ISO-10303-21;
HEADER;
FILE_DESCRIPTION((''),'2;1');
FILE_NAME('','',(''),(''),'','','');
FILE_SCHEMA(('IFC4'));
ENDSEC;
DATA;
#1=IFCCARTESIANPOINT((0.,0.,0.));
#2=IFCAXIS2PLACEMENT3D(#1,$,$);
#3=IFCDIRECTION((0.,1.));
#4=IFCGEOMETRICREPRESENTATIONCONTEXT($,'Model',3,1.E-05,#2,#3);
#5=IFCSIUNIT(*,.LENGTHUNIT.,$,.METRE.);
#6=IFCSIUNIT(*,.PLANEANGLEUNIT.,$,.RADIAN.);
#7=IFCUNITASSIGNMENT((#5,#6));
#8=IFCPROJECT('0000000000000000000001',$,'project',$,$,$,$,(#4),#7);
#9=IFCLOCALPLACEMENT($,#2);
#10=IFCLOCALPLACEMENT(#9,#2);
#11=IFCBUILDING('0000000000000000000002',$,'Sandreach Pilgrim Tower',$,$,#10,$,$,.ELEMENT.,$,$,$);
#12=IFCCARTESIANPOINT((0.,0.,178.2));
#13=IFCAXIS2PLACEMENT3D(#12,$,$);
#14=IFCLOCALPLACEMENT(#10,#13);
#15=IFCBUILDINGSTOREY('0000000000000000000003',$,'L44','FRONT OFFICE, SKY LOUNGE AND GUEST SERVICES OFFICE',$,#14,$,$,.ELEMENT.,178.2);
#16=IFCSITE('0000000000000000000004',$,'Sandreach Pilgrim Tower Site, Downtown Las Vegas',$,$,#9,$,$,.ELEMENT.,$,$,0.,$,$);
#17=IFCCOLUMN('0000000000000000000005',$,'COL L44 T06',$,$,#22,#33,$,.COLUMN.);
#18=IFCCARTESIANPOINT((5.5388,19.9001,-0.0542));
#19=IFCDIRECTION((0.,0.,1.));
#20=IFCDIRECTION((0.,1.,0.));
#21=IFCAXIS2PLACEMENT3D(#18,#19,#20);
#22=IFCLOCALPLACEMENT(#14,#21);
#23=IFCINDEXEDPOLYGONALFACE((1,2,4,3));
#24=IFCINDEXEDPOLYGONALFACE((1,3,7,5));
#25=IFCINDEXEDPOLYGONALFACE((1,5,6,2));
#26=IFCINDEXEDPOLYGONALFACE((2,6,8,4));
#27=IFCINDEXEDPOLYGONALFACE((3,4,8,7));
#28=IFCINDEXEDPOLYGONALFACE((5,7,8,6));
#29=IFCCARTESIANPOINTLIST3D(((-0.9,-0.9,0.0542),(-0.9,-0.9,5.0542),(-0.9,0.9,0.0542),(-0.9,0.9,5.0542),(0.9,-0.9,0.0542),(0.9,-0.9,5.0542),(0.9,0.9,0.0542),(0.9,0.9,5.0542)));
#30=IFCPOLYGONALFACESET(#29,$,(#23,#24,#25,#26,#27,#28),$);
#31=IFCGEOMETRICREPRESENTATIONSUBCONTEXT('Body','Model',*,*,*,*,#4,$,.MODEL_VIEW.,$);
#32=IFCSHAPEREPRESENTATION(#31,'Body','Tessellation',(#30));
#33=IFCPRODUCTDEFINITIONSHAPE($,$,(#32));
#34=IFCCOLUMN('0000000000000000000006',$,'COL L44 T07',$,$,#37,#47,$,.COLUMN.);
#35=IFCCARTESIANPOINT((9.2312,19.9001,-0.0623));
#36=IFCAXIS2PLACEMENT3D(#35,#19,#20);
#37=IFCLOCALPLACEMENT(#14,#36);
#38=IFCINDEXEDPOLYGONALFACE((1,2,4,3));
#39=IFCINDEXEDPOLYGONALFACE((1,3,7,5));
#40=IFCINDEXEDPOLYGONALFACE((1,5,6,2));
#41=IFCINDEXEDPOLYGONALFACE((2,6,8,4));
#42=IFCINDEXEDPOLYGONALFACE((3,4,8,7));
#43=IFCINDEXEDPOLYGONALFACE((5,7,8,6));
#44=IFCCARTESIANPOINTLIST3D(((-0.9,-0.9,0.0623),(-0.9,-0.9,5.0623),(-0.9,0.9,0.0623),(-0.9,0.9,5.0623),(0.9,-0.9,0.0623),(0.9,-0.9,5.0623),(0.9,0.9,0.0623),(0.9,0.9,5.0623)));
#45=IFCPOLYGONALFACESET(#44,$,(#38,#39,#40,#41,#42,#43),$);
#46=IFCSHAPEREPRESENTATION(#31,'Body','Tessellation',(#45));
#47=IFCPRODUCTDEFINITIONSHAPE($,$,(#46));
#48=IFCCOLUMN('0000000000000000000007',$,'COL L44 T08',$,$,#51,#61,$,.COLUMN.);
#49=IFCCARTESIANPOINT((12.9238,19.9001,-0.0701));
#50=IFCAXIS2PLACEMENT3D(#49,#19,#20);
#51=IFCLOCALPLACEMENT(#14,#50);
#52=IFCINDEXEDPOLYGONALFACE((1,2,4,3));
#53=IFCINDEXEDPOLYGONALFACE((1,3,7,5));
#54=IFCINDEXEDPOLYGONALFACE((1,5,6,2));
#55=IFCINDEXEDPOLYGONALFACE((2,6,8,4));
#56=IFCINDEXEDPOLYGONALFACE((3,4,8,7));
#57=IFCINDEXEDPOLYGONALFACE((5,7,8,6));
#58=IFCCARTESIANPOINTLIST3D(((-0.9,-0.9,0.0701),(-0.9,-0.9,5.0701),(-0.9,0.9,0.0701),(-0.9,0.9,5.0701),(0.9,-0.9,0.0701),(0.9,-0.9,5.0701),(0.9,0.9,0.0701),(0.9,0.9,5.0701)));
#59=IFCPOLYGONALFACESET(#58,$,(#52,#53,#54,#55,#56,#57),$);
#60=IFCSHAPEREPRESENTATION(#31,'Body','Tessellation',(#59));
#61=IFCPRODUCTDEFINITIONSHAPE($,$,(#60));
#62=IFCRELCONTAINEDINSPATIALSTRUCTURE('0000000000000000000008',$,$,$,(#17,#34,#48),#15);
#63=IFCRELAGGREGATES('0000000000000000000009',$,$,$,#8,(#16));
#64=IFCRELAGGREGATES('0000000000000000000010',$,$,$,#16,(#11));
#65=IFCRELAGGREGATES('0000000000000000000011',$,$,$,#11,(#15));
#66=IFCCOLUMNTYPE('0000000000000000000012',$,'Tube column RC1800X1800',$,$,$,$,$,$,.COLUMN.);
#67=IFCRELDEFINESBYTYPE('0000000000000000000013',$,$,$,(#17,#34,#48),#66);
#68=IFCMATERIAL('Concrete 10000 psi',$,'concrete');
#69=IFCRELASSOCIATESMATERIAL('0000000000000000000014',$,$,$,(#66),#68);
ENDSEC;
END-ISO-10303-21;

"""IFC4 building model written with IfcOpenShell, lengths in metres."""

from ifc_helpers import new_model, si_unit, direction, frame, origin, origin_2d, place, context, subcontext, project, spatial, rectangle, extrude, clip, halfspace, material, material_profile, profile_set, type_object, element, save


model = new_model("IFC4")

# Units and contexts
model_context = context("Model", 3, precision=1e-05, world=origin(), true_north=direction((0.0, 1.0)))
body_context = subcontext(model_context, "Body", "Model", "MODEL_VIEW")
ifc_project = project(units=[si_unit("LENGTHUNIT", "METRE"), si_unit("PLANEANGLEUNIT", "RADIAN")], contexts=[model_context])

# Site, building, storey
site_placement = place(None, origin())
site = spatial("IfcSite", under=ifc_project, at=site_placement, Name="Sandreach Pilgrim Tower Site, Downtown Las Vegas", CompositionType="ELEMENT", RefElevation=0.0)
building_placement = place(site_placement, origin())
building = spatial("IfcBuilding", under=site, at=building_placement, Name="Sandreach Pilgrim Tower", CompositionType="ELEMENT")
storey_placement = place(building_placement, frame((0.0, 0.0, 178.2)))
storey = spatial("IfcBuildingStorey", under=building, at=storey_placement, Name="L44", Description="FRONT OFFICE, SKY LOUNGE AND GUEST SERVICES OFFICE", CompositionType="ELEMENT", Elevation=178.2)

# Columns
ifc_material_1 = material(Name="Concrete 10000 psi", Category="concrete")
ifc_material_profile_1 = material_profile(ifc_material_1, rectangle(XDim=1.8, YDim=1.8, at=origin_2d()), Name="RC1800X1800")
ifc_profile_set_1 = profile_set([ifc_material_profile_1], Name="Concrete 10000 psi")
column_type = type_object("IfcColumnType", Name="Tube column RC1800X1800", PredefinedType="COLUMN", material=ifc_profile_set_1)
column_1_placement = place(storey_placement, frame((5.5388, 19.9001, -0.0542), z_axis=(0.0, 0.0, 1.0), x_axis=(0.0, 1.0, 0.0)))
element("IfcColumn", 1, at=column_1_placement, inside=storey, type_object=column_type, Name="COL L44 T06", PredefinedType="COLUMN", context=body_context, shape_type="SweptSolid", body=[
    clip(extrude(rectangle(XDim=1.8, YDim=1.8, at=origin_2d()), origin(), (0.0, 0.0, 1.0), 5.0542), halfspace(frame((0.0, 0.0, 0.0542)), True)),
])
column_2_placement = place(storey_placement, frame((9.2312, 19.9001, -0.0623), z_axis=(0.0, 0.0, 1.0), x_axis=(0.0, 1.0, 0.0)))
element("IfcColumn", 2, at=column_2_placement, inside=storey, type_object=column_type, Name="COL L44 T07", PredefinedType="COLUMN", context=body_context, shape_type="SweptSolid", body=[
    clip(extrude(rectangle(XDim=1.8, YDim=1.8, at=origin_2d()), origin(), (0.0, 0.0, 1.0), 5.0623), halfspace(frame((0.0, 0.0, 0.0623)), True)),
])
column_3_placement = place(storey_placement, frame((12.9238, 19.9001, -0.0701), z_axis=(0.0, 0.0, 1.0), x_axis=(0.0, 1.0, 0.0)))
element("IfcColumn", 3, at=column_3_placement, inside=storey, type_object=column_type, Name="COL L44 T08", PredefinedType="COLUMN", context=body_context, shape_type="SweptSolid", body=[
    clip(extrude(rectangle(XDim=1.8, YDim=1.8, at=origin_2d()), origin(), (0.0, 0.0, 1.0), 5.0701), halfspace(frame((0.0, 0.0, 0.0701)), True)),
])

save(model, "model.ifc")
